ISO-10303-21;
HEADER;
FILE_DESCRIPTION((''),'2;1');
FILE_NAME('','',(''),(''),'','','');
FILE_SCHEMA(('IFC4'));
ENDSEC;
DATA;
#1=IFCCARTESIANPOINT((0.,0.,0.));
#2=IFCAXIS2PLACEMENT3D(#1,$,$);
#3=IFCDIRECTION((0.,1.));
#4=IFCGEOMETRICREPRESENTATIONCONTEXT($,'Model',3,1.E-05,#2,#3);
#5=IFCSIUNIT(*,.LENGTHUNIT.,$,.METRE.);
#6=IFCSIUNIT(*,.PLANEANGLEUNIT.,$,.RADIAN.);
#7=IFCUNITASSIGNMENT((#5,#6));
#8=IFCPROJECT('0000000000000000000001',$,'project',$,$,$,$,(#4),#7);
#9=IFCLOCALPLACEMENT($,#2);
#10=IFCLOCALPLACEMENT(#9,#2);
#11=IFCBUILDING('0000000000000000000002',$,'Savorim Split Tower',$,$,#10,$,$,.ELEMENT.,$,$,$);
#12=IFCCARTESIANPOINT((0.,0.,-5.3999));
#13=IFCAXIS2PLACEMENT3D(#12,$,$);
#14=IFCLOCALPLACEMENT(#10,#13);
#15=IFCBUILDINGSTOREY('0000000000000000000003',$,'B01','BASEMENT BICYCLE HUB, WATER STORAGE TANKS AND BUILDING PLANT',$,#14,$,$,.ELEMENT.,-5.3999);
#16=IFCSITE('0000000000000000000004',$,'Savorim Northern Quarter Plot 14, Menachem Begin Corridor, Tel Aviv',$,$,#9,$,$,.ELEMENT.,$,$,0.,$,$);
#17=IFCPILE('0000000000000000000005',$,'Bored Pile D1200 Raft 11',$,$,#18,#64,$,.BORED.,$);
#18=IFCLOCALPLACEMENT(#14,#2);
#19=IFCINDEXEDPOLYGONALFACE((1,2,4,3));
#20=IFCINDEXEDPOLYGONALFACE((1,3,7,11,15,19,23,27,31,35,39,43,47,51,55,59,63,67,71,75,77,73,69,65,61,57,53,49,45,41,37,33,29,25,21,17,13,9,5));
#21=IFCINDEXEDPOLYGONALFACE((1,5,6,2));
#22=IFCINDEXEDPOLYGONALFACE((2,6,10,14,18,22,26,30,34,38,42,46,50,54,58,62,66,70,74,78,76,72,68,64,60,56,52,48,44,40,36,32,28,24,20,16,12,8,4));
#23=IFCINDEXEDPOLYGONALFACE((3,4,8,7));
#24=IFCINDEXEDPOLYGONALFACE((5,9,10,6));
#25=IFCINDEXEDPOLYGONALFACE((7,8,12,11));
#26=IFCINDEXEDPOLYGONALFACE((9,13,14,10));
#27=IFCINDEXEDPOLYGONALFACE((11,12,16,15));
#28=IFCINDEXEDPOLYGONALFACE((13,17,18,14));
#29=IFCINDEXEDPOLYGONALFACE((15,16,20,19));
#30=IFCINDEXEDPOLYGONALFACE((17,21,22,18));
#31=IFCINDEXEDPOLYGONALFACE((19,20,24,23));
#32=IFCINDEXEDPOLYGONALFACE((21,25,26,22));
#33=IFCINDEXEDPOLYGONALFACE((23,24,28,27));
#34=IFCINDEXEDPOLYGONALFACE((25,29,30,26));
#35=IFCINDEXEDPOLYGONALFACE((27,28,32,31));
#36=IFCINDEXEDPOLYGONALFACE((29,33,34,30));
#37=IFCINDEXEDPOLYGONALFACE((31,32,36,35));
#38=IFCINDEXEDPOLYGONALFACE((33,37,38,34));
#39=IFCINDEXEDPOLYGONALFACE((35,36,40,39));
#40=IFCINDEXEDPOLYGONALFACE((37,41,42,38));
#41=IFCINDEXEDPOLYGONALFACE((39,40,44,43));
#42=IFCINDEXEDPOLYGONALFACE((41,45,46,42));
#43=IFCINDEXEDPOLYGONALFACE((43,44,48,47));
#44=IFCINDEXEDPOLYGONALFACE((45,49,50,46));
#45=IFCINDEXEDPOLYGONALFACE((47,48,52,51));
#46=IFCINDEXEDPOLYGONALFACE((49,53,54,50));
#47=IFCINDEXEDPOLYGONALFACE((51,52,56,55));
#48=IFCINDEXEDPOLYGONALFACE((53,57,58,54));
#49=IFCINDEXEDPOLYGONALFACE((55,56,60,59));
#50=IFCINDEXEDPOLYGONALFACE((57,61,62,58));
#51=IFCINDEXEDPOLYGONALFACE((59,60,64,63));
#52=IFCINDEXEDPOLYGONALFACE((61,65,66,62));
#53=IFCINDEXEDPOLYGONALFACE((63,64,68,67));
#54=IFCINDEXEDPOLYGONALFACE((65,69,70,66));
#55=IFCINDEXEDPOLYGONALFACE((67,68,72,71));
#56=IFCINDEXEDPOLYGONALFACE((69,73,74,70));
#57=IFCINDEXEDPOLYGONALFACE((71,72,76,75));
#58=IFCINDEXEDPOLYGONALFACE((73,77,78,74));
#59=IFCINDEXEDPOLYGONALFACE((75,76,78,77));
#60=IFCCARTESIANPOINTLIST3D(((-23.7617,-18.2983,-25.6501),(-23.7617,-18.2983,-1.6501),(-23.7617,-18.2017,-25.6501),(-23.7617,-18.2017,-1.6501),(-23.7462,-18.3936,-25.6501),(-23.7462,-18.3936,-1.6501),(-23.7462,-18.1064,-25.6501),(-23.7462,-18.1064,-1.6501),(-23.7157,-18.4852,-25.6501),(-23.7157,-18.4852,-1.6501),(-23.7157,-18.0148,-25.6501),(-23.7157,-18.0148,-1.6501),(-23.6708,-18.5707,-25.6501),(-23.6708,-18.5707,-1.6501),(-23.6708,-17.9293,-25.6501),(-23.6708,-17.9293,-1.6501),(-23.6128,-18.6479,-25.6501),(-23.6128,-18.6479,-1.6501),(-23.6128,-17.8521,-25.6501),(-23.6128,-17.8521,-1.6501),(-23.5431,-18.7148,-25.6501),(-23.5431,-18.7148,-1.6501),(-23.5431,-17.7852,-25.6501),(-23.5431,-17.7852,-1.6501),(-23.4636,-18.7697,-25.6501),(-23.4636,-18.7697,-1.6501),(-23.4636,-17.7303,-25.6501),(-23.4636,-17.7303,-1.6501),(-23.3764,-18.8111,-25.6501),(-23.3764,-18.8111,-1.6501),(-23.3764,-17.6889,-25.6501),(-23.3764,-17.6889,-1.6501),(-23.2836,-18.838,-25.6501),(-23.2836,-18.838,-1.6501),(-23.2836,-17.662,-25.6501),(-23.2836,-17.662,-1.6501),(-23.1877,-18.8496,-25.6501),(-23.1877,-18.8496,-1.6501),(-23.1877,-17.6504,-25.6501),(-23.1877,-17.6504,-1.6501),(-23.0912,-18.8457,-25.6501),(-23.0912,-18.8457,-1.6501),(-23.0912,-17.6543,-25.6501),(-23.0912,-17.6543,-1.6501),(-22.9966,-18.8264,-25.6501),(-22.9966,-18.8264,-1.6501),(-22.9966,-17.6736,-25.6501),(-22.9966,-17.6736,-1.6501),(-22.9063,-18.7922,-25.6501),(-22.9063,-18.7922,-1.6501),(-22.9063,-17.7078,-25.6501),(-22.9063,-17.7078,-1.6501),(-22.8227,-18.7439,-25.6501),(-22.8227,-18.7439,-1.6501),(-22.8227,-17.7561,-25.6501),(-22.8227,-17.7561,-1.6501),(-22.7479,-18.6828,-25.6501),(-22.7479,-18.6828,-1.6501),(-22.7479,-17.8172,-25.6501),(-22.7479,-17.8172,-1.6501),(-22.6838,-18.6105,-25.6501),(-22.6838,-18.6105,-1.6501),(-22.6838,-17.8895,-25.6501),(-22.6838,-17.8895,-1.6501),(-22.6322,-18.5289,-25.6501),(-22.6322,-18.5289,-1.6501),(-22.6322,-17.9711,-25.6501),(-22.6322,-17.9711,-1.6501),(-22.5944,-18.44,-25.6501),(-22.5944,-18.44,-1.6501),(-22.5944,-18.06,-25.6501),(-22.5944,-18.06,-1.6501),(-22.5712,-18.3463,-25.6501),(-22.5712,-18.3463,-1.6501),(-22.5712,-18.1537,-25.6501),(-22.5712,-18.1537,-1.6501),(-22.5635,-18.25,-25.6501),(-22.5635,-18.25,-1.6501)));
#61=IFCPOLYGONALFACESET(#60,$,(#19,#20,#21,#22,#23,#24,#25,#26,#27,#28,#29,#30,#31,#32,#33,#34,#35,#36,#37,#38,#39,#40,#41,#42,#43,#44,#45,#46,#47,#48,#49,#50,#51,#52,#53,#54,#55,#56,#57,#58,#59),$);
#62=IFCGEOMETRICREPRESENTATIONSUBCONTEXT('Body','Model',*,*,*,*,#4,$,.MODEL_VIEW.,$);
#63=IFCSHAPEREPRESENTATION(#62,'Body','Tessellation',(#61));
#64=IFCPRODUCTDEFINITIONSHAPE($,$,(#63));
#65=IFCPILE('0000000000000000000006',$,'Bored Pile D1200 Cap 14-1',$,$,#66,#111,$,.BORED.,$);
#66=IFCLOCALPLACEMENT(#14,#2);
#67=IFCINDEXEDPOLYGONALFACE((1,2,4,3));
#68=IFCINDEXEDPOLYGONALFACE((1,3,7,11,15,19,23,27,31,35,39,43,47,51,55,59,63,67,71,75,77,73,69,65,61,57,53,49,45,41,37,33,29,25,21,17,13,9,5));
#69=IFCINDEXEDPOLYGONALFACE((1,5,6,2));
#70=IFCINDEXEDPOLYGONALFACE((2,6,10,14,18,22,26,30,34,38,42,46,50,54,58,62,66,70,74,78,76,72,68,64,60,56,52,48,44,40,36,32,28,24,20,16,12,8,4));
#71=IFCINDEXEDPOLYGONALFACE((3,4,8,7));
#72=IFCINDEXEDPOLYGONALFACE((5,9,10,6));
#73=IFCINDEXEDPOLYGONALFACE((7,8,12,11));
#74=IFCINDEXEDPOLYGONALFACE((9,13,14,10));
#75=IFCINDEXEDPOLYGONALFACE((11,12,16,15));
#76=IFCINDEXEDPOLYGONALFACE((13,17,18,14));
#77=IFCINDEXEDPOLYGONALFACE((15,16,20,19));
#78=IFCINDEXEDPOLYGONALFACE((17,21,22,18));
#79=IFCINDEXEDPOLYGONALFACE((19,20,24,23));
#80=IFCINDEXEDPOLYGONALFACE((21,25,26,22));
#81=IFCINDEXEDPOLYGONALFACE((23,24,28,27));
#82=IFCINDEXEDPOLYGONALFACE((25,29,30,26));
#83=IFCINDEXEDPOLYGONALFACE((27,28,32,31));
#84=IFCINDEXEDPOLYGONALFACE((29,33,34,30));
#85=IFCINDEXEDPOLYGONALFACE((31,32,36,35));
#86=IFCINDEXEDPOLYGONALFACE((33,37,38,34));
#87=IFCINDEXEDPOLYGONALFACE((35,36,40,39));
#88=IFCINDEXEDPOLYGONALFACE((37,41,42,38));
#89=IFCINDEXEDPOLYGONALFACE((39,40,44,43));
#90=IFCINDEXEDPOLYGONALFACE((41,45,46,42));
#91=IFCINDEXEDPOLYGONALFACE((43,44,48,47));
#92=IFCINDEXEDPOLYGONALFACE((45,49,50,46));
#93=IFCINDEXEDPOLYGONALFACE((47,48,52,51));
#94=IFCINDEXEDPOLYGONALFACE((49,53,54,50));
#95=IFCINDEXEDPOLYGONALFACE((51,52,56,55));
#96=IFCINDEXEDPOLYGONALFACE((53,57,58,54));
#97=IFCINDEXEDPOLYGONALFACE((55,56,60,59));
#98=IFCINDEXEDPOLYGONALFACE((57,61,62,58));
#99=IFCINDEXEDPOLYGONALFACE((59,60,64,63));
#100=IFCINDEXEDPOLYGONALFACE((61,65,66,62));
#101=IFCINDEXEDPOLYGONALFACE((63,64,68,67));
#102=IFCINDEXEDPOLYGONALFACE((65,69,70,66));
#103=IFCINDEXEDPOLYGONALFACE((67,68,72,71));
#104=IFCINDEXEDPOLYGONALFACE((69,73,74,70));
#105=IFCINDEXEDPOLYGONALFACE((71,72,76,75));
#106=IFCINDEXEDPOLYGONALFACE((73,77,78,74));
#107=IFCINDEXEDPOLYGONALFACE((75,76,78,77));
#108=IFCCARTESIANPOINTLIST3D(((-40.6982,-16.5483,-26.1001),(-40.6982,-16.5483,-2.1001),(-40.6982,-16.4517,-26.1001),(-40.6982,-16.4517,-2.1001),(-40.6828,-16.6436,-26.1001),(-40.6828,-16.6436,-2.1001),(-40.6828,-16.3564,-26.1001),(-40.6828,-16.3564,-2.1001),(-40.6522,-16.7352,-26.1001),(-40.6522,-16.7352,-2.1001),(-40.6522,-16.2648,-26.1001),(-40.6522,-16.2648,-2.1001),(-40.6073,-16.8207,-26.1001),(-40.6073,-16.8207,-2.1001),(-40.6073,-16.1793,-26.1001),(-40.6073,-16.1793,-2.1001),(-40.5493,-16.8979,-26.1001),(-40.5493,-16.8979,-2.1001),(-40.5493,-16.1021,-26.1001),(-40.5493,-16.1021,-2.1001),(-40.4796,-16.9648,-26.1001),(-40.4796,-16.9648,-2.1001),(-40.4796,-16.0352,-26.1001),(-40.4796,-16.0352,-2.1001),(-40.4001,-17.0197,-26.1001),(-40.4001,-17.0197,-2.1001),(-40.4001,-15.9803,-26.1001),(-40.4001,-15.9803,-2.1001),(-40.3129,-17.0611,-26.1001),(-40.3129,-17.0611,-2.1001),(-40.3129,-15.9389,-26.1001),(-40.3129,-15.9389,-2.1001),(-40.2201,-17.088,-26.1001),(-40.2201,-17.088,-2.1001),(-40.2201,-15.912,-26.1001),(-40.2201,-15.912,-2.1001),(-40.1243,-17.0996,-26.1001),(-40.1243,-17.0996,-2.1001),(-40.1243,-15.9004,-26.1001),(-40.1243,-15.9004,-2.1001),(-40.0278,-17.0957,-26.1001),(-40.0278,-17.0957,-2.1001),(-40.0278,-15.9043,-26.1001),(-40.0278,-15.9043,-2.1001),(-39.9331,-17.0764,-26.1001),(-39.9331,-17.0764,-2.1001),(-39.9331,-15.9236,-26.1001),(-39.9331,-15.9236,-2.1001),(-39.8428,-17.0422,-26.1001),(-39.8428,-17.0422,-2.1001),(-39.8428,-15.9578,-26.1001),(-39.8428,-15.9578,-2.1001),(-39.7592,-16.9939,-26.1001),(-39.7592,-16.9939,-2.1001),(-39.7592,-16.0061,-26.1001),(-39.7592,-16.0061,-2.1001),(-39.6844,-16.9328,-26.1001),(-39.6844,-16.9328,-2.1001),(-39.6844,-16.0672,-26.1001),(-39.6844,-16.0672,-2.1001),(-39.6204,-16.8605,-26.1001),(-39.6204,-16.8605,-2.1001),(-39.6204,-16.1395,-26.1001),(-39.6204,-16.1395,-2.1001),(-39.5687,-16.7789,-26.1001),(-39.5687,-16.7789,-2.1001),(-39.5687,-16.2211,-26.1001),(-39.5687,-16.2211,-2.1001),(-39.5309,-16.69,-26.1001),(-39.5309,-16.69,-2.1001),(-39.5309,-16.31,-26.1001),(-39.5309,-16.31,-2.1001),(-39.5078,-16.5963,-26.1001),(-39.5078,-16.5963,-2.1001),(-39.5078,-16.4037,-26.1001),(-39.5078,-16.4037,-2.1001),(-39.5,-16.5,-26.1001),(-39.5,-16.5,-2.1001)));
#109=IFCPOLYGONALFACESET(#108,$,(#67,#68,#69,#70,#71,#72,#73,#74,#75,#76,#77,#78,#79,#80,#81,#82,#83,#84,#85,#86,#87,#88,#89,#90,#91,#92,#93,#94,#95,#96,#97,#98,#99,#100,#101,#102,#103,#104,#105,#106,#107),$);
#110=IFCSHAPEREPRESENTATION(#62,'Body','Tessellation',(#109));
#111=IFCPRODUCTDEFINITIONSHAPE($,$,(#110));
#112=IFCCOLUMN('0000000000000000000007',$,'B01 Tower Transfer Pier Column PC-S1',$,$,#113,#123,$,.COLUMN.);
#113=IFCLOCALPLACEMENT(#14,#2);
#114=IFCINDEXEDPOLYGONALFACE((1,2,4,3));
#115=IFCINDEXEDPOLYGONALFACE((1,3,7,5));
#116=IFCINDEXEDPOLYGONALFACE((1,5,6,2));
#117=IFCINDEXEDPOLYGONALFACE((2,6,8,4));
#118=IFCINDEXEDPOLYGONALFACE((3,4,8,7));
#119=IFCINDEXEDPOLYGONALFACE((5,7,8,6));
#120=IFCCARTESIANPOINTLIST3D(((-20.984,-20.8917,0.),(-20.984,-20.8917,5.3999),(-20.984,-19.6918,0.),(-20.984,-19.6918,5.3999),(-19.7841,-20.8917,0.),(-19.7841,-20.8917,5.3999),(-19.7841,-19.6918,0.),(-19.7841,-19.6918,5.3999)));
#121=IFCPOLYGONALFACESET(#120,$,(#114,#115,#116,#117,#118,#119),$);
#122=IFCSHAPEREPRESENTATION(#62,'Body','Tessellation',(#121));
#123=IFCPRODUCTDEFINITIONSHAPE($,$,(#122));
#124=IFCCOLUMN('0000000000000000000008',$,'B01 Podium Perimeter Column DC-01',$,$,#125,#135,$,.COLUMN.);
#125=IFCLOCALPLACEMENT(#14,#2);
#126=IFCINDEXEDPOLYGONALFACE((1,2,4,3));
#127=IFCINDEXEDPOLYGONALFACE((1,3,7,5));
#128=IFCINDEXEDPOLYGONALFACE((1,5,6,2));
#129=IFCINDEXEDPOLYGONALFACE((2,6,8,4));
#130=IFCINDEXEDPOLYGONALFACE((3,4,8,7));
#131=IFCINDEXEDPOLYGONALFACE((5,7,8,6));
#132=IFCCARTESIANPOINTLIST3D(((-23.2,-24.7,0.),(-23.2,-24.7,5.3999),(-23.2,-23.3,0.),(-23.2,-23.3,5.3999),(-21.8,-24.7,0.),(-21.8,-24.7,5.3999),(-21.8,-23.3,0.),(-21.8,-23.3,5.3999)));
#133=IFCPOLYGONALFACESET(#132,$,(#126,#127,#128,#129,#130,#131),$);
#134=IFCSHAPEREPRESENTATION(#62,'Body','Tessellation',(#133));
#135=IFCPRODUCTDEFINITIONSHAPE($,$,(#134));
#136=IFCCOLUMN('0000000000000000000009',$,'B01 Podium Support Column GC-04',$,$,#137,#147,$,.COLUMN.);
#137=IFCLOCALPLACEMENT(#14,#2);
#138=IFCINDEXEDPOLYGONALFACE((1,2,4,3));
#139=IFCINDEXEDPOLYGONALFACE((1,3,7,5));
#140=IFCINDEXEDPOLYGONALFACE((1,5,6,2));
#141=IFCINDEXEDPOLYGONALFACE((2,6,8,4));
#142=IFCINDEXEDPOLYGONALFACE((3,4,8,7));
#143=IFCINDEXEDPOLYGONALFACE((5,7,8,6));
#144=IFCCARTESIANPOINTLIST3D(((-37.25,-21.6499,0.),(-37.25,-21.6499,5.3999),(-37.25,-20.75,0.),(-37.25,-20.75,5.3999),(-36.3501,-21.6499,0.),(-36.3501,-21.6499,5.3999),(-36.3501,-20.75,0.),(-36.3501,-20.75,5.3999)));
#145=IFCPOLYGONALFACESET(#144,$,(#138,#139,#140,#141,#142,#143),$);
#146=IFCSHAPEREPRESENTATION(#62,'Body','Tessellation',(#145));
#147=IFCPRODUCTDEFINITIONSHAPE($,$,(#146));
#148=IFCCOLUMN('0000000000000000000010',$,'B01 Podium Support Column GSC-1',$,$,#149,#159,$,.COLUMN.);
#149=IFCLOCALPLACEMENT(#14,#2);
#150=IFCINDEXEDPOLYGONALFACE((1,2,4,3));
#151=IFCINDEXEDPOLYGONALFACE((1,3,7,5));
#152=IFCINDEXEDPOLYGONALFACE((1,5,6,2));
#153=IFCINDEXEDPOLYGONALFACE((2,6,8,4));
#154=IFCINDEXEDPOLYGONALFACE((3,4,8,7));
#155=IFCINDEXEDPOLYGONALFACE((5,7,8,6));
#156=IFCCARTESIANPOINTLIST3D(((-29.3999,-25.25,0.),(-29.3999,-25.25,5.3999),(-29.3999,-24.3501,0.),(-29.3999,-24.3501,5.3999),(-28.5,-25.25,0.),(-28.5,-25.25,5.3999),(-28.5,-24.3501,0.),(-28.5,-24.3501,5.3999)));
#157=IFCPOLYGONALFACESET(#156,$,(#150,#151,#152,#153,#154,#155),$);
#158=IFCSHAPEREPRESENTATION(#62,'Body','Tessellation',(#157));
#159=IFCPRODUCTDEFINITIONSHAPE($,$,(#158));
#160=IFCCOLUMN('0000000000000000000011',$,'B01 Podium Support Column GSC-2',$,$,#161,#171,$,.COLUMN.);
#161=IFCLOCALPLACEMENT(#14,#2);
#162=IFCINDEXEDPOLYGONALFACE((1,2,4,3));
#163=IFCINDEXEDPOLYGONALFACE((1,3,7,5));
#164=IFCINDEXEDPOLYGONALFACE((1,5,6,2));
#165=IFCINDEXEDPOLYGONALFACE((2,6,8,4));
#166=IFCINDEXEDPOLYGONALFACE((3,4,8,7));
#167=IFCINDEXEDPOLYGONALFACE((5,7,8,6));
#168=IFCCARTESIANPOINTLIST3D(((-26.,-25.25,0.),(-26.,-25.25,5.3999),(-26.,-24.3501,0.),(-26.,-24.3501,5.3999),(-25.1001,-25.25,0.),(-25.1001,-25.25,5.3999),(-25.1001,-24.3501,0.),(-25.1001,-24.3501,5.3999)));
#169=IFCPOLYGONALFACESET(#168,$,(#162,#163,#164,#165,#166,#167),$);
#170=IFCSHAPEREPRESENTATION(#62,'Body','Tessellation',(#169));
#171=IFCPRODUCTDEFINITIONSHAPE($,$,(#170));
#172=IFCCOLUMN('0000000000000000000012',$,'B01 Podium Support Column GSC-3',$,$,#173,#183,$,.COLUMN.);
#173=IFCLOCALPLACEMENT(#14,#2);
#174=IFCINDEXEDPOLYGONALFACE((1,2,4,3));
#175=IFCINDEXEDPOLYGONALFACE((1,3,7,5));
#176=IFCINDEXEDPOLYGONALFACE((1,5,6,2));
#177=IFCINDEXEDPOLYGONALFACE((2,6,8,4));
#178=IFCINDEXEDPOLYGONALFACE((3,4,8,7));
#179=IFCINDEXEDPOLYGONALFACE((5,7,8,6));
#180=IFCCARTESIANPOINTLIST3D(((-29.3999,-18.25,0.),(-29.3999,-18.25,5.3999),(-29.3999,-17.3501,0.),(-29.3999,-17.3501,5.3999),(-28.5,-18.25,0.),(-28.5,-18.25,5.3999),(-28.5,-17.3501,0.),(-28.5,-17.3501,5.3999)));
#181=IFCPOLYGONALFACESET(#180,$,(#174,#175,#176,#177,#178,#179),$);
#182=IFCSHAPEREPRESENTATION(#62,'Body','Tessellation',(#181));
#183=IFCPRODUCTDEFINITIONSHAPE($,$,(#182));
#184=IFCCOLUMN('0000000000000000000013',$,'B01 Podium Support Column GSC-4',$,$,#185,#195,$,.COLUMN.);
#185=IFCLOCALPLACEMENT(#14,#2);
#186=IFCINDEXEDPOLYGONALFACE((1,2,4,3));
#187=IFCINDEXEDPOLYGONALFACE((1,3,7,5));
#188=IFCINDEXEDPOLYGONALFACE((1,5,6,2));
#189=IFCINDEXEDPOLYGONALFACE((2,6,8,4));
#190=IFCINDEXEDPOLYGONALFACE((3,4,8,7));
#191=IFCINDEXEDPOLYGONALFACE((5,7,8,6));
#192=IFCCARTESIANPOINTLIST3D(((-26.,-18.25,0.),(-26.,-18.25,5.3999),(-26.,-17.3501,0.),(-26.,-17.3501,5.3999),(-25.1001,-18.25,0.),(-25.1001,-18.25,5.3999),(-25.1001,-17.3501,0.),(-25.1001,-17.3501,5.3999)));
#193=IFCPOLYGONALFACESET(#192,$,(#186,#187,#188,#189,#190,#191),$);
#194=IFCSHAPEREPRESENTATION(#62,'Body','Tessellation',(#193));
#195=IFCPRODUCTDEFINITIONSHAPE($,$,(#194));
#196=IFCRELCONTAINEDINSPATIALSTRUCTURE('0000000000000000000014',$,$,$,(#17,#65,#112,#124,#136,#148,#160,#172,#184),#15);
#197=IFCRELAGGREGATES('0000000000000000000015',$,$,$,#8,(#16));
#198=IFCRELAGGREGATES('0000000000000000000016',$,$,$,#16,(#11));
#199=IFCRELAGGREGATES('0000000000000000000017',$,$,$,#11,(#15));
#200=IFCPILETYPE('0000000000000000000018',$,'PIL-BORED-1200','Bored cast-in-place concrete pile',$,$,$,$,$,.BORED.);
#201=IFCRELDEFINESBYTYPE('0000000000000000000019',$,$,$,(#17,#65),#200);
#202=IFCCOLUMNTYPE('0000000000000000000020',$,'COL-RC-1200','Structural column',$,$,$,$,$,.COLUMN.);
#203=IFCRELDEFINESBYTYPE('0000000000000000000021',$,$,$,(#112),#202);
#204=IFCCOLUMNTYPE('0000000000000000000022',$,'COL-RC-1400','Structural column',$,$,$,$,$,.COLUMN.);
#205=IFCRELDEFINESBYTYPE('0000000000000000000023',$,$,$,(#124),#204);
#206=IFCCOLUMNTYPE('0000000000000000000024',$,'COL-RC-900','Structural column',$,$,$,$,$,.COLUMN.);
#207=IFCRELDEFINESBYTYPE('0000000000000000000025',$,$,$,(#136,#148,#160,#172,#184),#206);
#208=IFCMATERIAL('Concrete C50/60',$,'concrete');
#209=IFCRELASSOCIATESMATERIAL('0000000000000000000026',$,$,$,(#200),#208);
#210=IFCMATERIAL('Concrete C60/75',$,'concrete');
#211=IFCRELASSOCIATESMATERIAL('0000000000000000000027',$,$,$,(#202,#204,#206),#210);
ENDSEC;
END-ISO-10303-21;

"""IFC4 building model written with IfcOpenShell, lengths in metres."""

from ifc_helpers import new_model, si_unit, direction, frame, origin, origin_2d, place, context, subcontext, project, spatial, rectangle, circle, extrude, material, material_profile, profile_set, type_object, element, save


model = new_model("IFC4")

# Units and contexts
model_context = context("Model", 3, precision=1e-05, world=origin(), true_north=direction((0.0, 1.0)))
body_context = subcontext(model_context, "Body", "Model", "MODEL_VIEW")
ifc_project = project(units=[si_unit("LENGTHUNIT", "METRE"), si_unit("PLANEANGLEUNIT", "RADIAN")], contexts=[model_context])

# Site, building, storey
site_placement = place(None, origin())
site = spatial("IfcSite", under=ifc_project, at=site_placement, Name="Savorim Northern Quarter Plot 14, Menachem Begin Corridor, Tel Aviv", CompositionType="ELEMENT", RefElevation=0.0)
building_placement = place(site_placement, origin())
building = spatial("IfcBuilding", under=site, at=building_placement, Name="Savorim Split Tower", CompositionType="ELEMENT")
storey_placement = place(building_placement, frame((0.0, 0.0, -5.3999)))
storey = spatial("IfcBuildingStorey", under=building, at=storey_placement, Name="B01", Description="BASEMENT BICYCLE HUB, WATER STORAGE TANKS AND BUILDING PLANT", CompositionType="ELEMENT", Elevation=-5.3999)

# Shared definitions
ifc_material_1 = material(Name="Concrete C50/60", Category="concrete")

# Piles
ifc_material_profile_1 = material_profile(ifc_material_1, circle(Radius=0.6001, at=origin_2d()), Name="PILE D1200")
ifc_profile_set_1 = profile_set([ifc_material_profile_1], Name="Concrete C50/60")
pile_type = type_object("IfcPileType", Name="PIL-BORED-1200", Description="Bored cast-in-place concrete pile", PredefinedType="BORED", material=ifc_profile_set_1)
for number, where, z_axis, x_axis, name in (
    (1, (-23.1636, -18.25, -1.6501), (0.0, 0.0, -1.0), (1.0, 0.0, 0.0), "Bored Pile D1200 Raft 11"),
    (2, (-40.1001, -16.5, -2.1001), (0.0, 0.0, -1.0), (1.0, 0.0, 0.0), "Bored Pile D1200 Cap 14-1"),
):
    element("IfcPile", number, at=place(storey_placement, frame(where, z_axis=z_axis, x_axis=x_axis)), inside=storey, type_object=pile_type, Name=name, PredefinedType="BORED", context=body_context, shape_type="SweptSolid", body=[
        extrude(circle(Radius=0.6001, at=origin_2d()), origin(), (0.0, 0.0, 1.0), 24.0),
    ])

# Columns
ifc_material_2 = material(Name="Concrete C60/75", Category="concrete")
ifc_material_profile_2 = material_profile(ifc_material_2, rectangle(XDim=1.2, YDim=1.2, at=origin_2d()), Name="RC 1200x1200")
ifc_profile_set_2 = profile_set([ifc_material_profile_2], Name="Concrete C60/75")
column_type_1 = type_object("IfcColumnType", Name="COL-RC-1200", Description="Structural column", PredefinedType="COLUMN", material=ifc_profile_set_2)
column_1_placement = place(storey_placement, frame((-20.384, -20.2917, 0.0), z_axis=(0.0, 0.0, 1.0), x_axis=(1.0, 0.0, 0.0)))
element("IfcColumn", 3, at=column_1_placement, inside=storey, type_object=column_type_1, Name="B01 Tower Transfer Pier Column PC-S1", PredefinedType="COLUMN", context=body_context, shape_type="SweptSolid", body=[
    extrude(rectangle(XDim=1.2, YDim=1.2, at=origin_2d()), origin(), (0.0, 0.0, 1.0), 5.3999),
])
ifc_material_profile_3 = material_profile(ifc_material_2, rectangle(XDim=1.3999, YDim=1.3999, at=origin_2d()), Name="RC 1400x1400")
ifc_profile_set_3 = profile_set([ifc_material_profile_3], Name="Concrete C60/75")
column_type_2 = type_object("IfcColumnType", Name="COL-RC-1400", Description="Structural column", PredefinedType="COLUMN", material=ifc_profile_set_3)
column_2_placement = place(storey_placement, frame((-22.5, -24.0, 0.0), z_axis=(0.0, 0.0, 1.0), x_axis=(1.0, 0.0, 0.0)))
element("IfcColumn", 4, at=column_2_placement, inside=storey, type_object=column_type_2, Name="B01 Podium Perimeter Column DC-01", PredefinedType="COLUMN", context=body_context, shape_type="SweptSolid", body=[
    extrude(rectangle(XDim=1.3999, YDim=1.3999, at=origin_2d()), origin(), (0.0, 0.0, 1.0), 5.3999),
])
ifc_material_profile_4 = material_profile(ifc_material_2, rectangle(XDim=0.8999, YDim=0.8999, at=origin_2d()), Name="RC 900x900")
ifc_profile_set_4 = profile_set([ifc_material_profile_4], Name="Concrete C60/75")
column_type_3 = type_object("IfcColumnType", Name="COL-RC-900", Description="Structural column", PredefinedType="COLUMN", material=ifc_profile_set_4)
for number, where, z_axis, x_axis, name in (
    (5, (-36.8, -21.2, 0.0), (0.0, 0.0, 1.0), (1.0, 0.0, 0.0), "B01 Podium Support Column GC-04"),
    (6, (-28.95, -24.8, 0.0), (0.0, 0.0, 1.0), (1.0, 0.0, 0.0), "B01 Podium Support Column GSC-1"),
    (7, (-25.55, -24.8, 0.0), (0.0, 0.0, 1.0), (1.0, 0.0, 0.0), "B01 Podium Support Column GSC-2"),
    (8, (-28.95, -17.8, 0.0), (0.0, 0.0, 1.0), (1.0, 0.0, 0.0), "B01 Podium Support Column GSC-3"),
    (9, (-25.55, -17.8, 0.0), (0.0, 0.0, 1.0), (1.0, 0.0, 0.0), "B01 Podium Support Column GSC-4"),
):
    element("IfcColumn", number, at=place(storey_placement, frame(where, z_axis=z_axis, x_axis=x_axis)), inside=storey, type_object=column_type_3, Name=name, PredefinedType="COLUMN", context=body_context, shape_type="SweptSolid", body=[
        extrude(rectangle(XDim=0.8999, YDim=0.8999, at=origin_2d()), origin(), (0.0, 0.0, 1.0), 5.3999),
    ])

save(model, "model.ifc")
